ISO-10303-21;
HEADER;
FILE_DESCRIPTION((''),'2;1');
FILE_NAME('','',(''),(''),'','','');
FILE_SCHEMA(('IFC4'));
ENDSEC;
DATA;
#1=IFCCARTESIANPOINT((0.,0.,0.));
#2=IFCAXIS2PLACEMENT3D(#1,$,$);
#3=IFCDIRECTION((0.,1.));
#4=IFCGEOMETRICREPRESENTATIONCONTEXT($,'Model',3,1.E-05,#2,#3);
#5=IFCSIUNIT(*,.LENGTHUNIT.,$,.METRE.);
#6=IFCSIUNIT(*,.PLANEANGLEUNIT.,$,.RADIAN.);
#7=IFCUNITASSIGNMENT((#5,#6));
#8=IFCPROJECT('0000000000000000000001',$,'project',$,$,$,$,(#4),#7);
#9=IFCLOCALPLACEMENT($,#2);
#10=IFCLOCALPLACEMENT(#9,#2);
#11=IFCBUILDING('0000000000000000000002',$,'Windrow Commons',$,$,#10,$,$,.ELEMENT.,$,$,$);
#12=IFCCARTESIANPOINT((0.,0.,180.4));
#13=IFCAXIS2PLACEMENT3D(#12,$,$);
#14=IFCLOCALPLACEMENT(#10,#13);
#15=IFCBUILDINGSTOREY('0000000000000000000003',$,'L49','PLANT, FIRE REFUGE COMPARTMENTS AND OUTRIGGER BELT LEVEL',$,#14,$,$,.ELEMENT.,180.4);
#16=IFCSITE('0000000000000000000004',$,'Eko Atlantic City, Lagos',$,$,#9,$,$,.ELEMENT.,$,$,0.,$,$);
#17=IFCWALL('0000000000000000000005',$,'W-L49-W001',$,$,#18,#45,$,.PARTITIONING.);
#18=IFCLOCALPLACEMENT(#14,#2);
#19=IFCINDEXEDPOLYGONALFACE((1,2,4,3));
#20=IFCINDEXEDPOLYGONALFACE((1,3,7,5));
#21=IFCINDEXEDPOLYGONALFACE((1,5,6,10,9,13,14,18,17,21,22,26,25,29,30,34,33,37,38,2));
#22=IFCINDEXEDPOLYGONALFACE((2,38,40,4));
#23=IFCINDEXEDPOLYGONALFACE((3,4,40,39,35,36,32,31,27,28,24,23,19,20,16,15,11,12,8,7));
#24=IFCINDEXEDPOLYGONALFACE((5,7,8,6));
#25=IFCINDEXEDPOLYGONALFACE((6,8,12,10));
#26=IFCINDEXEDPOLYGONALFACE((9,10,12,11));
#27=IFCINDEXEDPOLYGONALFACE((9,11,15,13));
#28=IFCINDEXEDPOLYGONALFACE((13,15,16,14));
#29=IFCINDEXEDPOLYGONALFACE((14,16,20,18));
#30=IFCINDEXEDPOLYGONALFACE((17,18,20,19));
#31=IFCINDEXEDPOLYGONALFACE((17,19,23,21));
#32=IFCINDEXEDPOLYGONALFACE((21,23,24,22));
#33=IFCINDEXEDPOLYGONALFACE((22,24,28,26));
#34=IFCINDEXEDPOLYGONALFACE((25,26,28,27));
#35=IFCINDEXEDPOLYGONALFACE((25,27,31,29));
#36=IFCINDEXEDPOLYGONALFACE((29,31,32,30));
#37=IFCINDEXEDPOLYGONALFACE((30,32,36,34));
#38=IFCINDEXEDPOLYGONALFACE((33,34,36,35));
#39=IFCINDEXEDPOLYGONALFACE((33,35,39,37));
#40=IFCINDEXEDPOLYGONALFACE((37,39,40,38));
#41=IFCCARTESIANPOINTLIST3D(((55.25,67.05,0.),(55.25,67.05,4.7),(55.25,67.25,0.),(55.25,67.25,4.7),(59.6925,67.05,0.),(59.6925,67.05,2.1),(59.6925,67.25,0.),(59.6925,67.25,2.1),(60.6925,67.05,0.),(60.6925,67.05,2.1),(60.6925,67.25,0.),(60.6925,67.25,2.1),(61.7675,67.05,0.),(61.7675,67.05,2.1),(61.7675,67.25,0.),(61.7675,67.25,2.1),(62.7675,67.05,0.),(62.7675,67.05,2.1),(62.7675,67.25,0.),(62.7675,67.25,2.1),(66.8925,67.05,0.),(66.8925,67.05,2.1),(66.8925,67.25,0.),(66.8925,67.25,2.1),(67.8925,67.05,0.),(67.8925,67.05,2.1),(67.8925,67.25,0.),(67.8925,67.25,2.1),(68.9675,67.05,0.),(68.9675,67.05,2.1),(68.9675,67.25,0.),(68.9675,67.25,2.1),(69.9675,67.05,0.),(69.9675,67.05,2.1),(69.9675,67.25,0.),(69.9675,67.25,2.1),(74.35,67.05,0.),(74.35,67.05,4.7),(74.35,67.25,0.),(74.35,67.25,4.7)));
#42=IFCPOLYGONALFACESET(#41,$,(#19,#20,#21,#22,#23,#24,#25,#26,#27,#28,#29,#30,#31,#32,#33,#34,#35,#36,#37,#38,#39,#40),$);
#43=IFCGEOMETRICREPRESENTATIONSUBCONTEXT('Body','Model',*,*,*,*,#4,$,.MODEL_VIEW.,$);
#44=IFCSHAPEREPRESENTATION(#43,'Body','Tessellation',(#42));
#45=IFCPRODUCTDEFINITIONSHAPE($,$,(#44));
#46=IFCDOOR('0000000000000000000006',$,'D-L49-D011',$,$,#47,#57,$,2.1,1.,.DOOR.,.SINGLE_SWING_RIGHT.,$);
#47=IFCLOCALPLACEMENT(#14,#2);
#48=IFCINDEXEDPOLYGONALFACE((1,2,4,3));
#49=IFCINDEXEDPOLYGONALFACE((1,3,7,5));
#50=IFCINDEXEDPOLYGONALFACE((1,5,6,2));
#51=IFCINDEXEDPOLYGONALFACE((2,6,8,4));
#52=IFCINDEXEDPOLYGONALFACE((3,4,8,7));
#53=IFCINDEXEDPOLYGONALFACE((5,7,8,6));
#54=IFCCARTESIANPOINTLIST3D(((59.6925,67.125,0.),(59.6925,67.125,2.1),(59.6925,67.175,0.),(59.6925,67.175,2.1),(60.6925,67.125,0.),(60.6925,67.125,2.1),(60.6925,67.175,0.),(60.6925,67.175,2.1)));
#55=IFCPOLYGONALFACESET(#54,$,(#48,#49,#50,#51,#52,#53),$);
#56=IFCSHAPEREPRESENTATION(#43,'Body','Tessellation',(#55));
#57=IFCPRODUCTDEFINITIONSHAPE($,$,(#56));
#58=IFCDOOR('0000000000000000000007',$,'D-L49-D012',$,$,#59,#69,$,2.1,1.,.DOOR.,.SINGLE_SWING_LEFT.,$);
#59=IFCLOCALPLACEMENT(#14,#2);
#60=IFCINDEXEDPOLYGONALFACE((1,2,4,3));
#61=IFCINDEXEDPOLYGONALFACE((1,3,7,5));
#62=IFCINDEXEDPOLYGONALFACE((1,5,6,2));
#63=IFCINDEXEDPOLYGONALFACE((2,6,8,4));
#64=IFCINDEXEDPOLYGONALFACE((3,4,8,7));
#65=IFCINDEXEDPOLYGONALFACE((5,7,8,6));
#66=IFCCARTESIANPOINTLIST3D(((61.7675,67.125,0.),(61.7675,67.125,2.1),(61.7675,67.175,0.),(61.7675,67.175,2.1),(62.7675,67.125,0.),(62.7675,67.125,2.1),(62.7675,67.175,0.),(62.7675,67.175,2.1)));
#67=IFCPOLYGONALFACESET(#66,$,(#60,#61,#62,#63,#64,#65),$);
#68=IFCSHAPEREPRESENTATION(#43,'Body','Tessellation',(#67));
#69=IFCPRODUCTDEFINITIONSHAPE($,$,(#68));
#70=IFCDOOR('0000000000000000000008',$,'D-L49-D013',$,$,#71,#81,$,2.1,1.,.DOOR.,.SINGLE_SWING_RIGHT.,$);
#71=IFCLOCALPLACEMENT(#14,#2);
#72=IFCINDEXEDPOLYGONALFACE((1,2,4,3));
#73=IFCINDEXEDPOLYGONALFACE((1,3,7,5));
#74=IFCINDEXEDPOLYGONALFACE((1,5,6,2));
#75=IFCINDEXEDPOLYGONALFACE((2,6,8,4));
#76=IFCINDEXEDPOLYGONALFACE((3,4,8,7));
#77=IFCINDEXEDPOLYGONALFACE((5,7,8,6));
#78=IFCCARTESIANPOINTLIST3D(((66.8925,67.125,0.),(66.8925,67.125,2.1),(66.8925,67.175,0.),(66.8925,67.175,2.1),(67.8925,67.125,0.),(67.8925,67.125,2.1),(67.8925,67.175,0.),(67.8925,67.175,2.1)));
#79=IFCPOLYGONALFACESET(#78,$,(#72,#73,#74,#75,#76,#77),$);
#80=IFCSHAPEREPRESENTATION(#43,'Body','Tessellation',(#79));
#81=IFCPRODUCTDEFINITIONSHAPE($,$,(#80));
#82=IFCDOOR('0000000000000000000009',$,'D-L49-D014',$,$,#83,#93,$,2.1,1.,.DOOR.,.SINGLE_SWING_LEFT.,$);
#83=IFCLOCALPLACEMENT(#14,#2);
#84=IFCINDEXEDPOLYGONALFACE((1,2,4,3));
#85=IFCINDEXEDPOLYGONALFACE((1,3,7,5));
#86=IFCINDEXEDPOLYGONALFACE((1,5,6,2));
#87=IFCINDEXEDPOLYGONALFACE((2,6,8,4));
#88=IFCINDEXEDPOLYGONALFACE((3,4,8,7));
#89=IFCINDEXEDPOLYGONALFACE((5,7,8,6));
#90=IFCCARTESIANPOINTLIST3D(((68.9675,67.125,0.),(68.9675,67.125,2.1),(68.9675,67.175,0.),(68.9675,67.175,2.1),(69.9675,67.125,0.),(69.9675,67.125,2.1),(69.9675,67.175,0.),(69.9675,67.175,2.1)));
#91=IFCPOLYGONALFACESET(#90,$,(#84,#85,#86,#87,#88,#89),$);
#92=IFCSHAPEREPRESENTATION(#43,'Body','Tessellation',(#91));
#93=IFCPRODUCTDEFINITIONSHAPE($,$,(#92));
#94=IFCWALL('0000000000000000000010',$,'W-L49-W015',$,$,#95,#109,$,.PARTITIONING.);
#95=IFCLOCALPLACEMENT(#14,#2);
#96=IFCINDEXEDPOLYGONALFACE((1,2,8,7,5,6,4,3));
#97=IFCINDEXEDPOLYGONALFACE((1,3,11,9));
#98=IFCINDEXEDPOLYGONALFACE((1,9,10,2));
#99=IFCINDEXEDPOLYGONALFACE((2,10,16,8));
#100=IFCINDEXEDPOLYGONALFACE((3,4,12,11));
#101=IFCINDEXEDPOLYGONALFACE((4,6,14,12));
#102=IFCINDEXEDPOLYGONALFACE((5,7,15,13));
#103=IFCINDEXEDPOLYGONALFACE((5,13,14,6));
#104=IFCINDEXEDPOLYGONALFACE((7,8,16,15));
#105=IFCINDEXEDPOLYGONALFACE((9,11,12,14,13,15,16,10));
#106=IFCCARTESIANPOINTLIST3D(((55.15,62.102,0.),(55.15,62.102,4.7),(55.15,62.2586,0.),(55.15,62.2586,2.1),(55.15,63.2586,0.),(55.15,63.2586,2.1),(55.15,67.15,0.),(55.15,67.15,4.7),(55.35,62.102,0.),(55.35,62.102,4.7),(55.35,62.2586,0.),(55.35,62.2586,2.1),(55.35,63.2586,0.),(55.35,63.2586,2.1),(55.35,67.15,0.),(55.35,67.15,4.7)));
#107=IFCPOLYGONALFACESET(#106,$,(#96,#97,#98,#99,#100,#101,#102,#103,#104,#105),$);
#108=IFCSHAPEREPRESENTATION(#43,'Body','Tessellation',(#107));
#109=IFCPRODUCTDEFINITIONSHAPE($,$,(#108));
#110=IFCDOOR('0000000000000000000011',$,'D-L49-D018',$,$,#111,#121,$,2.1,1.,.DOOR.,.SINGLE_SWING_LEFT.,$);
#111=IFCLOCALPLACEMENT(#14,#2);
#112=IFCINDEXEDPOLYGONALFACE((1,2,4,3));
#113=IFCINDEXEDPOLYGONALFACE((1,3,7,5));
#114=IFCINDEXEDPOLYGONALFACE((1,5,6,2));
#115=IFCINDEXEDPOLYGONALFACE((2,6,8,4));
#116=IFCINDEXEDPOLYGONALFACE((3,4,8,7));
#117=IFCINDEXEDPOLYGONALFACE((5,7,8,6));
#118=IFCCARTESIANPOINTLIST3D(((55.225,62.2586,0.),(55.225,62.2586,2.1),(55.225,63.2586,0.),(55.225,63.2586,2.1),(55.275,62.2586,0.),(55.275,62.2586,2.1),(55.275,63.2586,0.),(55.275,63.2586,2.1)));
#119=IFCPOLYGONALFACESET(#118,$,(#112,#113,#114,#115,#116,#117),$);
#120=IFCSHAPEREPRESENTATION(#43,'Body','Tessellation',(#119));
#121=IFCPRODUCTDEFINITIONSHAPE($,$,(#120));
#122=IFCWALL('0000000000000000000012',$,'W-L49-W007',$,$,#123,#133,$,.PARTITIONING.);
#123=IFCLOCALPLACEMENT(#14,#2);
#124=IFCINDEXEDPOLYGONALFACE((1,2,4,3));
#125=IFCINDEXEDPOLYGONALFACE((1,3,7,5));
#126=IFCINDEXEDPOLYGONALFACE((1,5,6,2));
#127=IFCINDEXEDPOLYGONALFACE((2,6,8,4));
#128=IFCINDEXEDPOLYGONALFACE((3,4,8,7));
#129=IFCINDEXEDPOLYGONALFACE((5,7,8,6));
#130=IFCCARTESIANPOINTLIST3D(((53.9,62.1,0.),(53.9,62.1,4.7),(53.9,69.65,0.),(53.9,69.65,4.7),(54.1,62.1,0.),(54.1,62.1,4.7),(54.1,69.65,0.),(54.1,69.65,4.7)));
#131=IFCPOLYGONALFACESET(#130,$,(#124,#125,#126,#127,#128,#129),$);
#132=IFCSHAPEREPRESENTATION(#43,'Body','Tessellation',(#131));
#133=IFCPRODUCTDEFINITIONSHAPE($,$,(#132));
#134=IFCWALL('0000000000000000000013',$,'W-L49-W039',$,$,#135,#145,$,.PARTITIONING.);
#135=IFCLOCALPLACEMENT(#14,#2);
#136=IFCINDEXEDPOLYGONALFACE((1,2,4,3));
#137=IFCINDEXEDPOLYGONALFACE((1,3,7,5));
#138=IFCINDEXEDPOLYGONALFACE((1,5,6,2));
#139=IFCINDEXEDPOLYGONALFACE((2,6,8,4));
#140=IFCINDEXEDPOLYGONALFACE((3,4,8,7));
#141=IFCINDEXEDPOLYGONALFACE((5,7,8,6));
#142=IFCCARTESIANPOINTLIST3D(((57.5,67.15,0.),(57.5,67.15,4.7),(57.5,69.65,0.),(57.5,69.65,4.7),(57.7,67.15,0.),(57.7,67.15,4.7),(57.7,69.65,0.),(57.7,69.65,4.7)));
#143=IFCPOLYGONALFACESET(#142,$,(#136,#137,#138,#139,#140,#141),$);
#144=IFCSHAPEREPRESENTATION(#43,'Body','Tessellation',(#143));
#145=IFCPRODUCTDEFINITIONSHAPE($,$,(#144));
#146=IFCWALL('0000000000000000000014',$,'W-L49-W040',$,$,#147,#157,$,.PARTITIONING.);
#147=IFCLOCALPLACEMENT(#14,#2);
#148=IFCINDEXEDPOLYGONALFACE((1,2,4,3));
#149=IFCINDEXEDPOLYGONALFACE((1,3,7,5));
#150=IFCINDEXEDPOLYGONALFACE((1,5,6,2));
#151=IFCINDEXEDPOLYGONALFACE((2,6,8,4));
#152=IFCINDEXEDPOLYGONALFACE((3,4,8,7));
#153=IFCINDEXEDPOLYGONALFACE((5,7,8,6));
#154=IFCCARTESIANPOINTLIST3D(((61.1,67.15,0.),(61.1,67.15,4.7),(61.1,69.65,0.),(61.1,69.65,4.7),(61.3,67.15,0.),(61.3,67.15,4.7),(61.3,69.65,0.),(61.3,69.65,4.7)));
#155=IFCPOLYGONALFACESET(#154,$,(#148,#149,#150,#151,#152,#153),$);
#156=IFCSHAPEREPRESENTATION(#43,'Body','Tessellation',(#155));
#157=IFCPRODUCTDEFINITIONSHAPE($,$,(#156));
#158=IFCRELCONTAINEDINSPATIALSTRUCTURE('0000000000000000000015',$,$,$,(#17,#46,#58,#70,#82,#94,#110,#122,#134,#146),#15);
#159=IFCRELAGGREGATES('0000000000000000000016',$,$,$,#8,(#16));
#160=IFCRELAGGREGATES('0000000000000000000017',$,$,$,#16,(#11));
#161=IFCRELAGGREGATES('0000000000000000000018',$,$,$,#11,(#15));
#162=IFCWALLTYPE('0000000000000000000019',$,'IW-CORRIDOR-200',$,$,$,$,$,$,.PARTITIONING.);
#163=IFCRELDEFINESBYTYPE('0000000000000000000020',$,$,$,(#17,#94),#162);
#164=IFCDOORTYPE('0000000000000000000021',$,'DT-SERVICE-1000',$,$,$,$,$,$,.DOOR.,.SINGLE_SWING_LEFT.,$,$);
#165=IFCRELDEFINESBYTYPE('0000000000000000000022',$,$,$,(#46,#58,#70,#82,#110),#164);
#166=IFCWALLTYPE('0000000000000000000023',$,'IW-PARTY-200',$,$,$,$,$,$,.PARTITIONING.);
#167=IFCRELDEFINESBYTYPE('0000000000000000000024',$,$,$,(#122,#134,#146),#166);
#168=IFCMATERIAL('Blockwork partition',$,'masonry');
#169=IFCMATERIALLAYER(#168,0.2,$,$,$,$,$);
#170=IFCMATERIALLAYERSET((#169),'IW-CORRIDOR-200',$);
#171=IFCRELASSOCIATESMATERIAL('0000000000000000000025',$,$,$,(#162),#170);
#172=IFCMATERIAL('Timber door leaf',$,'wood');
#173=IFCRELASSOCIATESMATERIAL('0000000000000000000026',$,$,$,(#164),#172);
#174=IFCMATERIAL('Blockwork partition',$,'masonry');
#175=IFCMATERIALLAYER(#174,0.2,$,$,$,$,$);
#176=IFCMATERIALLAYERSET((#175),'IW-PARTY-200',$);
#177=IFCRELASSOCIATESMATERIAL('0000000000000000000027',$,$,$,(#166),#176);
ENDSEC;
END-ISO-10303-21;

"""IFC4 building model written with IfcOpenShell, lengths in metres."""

from ifc_helpers import new_model, si_unit, direction, frame, frame_2d, origin, place, context, subcontext, project, spatial, rectangle, extrude, material, layer, layer_set, type_object, element, fill, save


model = new_model("IFC4")

# Units and contexts
model_context = context("Model", 3, precision=1e-05, world=origin(), true_north=direction((0.0, 1.0)))
body_context = subcontext(model_context, "Body", "Model", "MODEL_VIEW")
ifc_project = project(units=[si_unit("LENGTHUNIT", "METRE"), si_unit("PLANEANGLEUNIT", "RADIAN")], contexts=[model_context])

# Site, building, storey
site_placement = place(None, origin())
site = spatial("IfcSite", under=ifc_project, at=site_placement, Name="Eko Atlantic City, Lagos", CompositionType="ELEMENT", RefElevation=0.0)
building_placement = place(site_placement, origin())
building = spatial("IfcBuilding", under=site, at=building_placement, Name="Windrow Commons", CompositionType="ELEMENT")
storey_placement = place(building_placement, frame((0.0, 0.0, 180.4)))
storey = spatial("IfcBuildingStorey", under=building, at=storey_placement, Name="L49", Description="PLANT, FIRE REFUGE COMPARTMENTS AND OUTRIGGER BELT LEVEL", CompositionType="ELEMENT", Elevation=180.4)

# Wall, openings, doors
ifc_material_1 = material(Name="Blockwork partition", Category="masonry")
ifc_layer_1 = layer(ifc_material_1, 0.2)
ifc_layer_set_1 = layer_set([ifc_layer_1], Name="IW-CORRIDOR-200")
wall_type_1 = type_object("IfcWallType", Name="IW-CORRIDOR-200", PredefinedType="PARTITIONING", material=ifc_layer_set_1)
wall_1_placement = place(storey_placement, frame((55.25, 67.15, 0.0), z_axis=(0.0, 0.0, 1.0), x_axis=(1.0, 0.0, 0.0)))
wall_1 = element("IfcWall", 1, at=wall_1_placement, inside=storey, type_object=wall_type_1, Name="W-L49-W001", PredefinedType="PARTITIONING", context=body_context, shape_type="SweptSolid", body=[
    extrude(rectangle(XDim=19.1, YDim=0.2, at=frame_2d((9.55, 0.0))), origin(), (0.0, 0.0, 1.0), 4.7),
])
opening_1_placement = place(wall_1_placement, frame((4.4425, 0.0, 0.0)))
opening_1 = element("IfcOpeningElement", 2, at=opening_1_placement, cuts=wall_1, PredefinedType="OPENING", context=body_context, shape_type="SweptSolid", body=[
    extrude(rectangle(XDim=1.0, YDim=2.1, at=frame_2d((0.5, 1.05))), frame((0.0, 0.11, 0.0), z_axis=(0.0, -1.0, 0.0), x_axis=(1.0, 0.0, 0.0)), (0.0, 0.0, 1.0), 0.22),
])
opening_2_placement = place(wall_1_placement, frame((6.5175, 0.0, 0.0)))
opening_2 = element("IfcOpeningElement", 3, at=opening_2_placement, cuts=wall_1, PredefinedType="OPENING", context=body_context, shape_type="SweptSolid", body=[
    extrude(rectangle(XDim=1.0, YDim=2.1, at=frame_2d((0.5, 1.05))), frame((0.0, 0.11, 0.0), z_axis=(0.0, -1.0, 0.0), x_axis=(1.0, 0.0, 0.0)), (0.0, 0.0, 1.0), 0.22),
])
opening_3_placement = place(wall_1_placement, frame((11.6425, 0.0, 0.0)))
opening_3 = element("IfcOpeningElement", 4, at=opening_3_placement, cuts=wall_1, PredefinedType="OPENING", context=body_context, shape_type="SweptSolid", body=[
    extrude(rectangle(XDim=1.0, YDim=2.1, at=frame_2d((0.5, 1.05))), frame((0.0, 0.11, 0.0), z_axis=(0.0, -1.0, 0.0), x_axis=(1.0, 0.0, 0.0)), (0.0, 0.0, 1.0), 0.22),
])
opening_4_placement = place(wall_1_placement, frame((13.7175, 0.0, 0.0)))
opening_4 = element("IfcOpeningElement", 5, at=opening_4_placement, cuts=wall_1, PredefinedType="OPENING", context=body_context, shape_type="SweptSolid", body=[
    extrude(rectangle(XDim=1.0, YDim=2.1, at=frame_2d((0.5, 1.05))), frame((0.0, 0.11, 0.0), z_axis=(0.0, -1.0, 0.0), x_axis=(1.0, 0.0, 0.0)), (0.0, 0.0, 1.0), 0.22),
])
ifc_material_2 = material(Name="Timber door leaf", Category="wood")
door_type_1 = type_object("IfcDoorType", Name="DT-SERVICE-1000", OperationType="SINGLE_SWING_LEFT", PredefinedType="DOOR", material=ifc_material_2)
door_1_placement = place(opening_1_placement, origin())
door_1 = element("IfcDoor", 6, at=door_1_placement, inside=storey, type_object=door_type_1, Name="D-L49-D011", OperationType="SINGLE_SWING_RIGHT", OverallHeight=2.1, OverallWidth=1.0, PredefinedType="DOOR", context=body_context, shape_type="SweptSolid", body=[
    extrude(rectangle(XDim=1.0, YDim=2.1, at=frame_2d((0.5, 1.05))), frame((0.0, 0.025, 0.0), z_axis=(0.0, -1.0, 0.0), x_axis=(1.0, 0.0, 0.0)), (0.0, 0.0, 1.0), 0.05),
])
fill(opening_1, door_1)
door_2_placement = place(opening_2_placement, origin())
door_2 = element("IfcDoor", 7, at=door_2_placement, inside=storey, type_object=door_type_1, Name="D-L49-D012", OperationType="SINGLE_SWING_LEFT", OverallHeight=2.1, OverallWidth=1.0, PredefinedType="DOOR", context=body_context, shape_type="SweptSolid", body=[
    extrude(rectangle(XDim=1.0, YDim=2.1, at=frame_2d((0.5, 1.05))), frame((0.0, 0.025, 0.0), z_axis=(0.0, -1.0, 0.0), x_axis=(1.0, 0.0, 0.0)), (0.0, 0.0, 1.0), 0.05),
])
fill(opening_2, door_2)
door_3_placement = place(opening_3_placement, origin())
door_3 = element("IfcDoor", 8, at=door_3_placement, inside=storey, type_object=door_type_1, Name="D-L49-D013", OperationType="SINGLE_SWING_RIGHT", OverallHeight=2.1, OverallWidth=1.0, PredefinedType="DOOR", context=body_context, shape_type="SweptSolid", body=[
    extrude(rectangle(XDim=1.0, YDim=2.1, at=frame_2d((0.5, 1.05))), frame((0.0, 0.025, 0.0), z_axis=(0.0, -1.0, 0.0), x_axis=(1.0, 0.0, 0.0)), (0.0, 0.0, 1.0), 0.05),
])
fill(opening_3, door_3)
door_4_placement = place(opening_4_placement, origin())
door_4 = element("IfcDoor", 9, at=door_4_placement, inside=storey, type_object=door_type_1, Name="D-L49-D014", OperationType="SINGLE_SWING_LEFT", OverallHeight=2.1, OverallWidth=1.0, PredefinedType="DOOR", context=body_context, shape_type="SweptSolid", body=[
    extrude(rectangle(XDim=1.0, YDim=2.1, at=frame_2d((0.5, 1.05))), frame((0.0, 0.025, 0.0), z_axis=(0.0, -1.0, 0.0), x_axis=(1.0, 0.0, 0.0)), (0.0, 0.0, 1.0), 0.05),
])
fill(opening_4, door_4)

# Wall, opening, door
wall_2_placement = place(storey_placement, frame((55.25, 62.102, 0.0), z_axis=(0.0, 0.0, 1.0), x_axis=(0.0, 1.0, 0.0)))
wall_2 = element("IfcWall", 10, at=wall_2_placement, inside=storey, type_object=wall_type_1, Name="W-L49-W015", PredefinedType="PARTITIONING", context=body_context, shape_type="SweptSolid", body=[
    extrude(rectangle(XDim=5.048, YDim=0.2, at=frame_2d((2.524, 0.0))), origin(), (0.0, 0.0, 1.0), 4.7),
])
opening_5_placement = place(wall_2_placement, frame((0.1566, 0.0, 0.0)))
opening_5 = element("IfcOpeningElement", 11, at=opening_5_placement, cuts=wall_2, PredefinedType="OPENING", context=body_context, shape_type="SweptSolid", body=[
    extrude(rectangle(XDim=1.0, YDim=2.1, at=frame_2d((0.5, 1.05))), frame((0.0, 0.11, 0.0), z_axis=(0.0, -1.0, 0.0), x_axis=(1.0, 0.0, 0.0)), (0.0, 0.0, 1.0), 0.22),
])
door_5_placement = place(opening_5_placement, origin())
door_5 = element("IfcDoor", 12, at=door_5_placement, inside=storey, type_object=door_type_1, Name="D-L49-D018", OperationType="SINGLE_SWING_LEFT", OverallHeight=2.1, OverallWidth=1.0, PredefinedType="DOOR", context=body_context, shape_type="SweptSolid", body=[
    extrude(rectangle(XDim=1.0, YDim=2.1, at=frame_2d((0.5, 1.05))), frame((0.0, 0.025, 0.0), z_axis=(0.0, -1.0, 0.0), x_axis=(1.0, 0.0, 0.0)), (0.0, 0.0, 1.0), 0.05),
])
fill(opening_5, door_5)

# Walls
ifc_material_3 = material(Name="Blockwork partition", Category="masonry")
ifc_layer_2 = layer(ifc_material_3, 0.2)
ifc_layer_set_2 = layer_set([ifc_layer_2], Name="IW-PARTY-200")
wall_type_2 = type_object("IfcWallType", Name="IW-PARTY-200", PredefinedType="PARTITIONING", material=ifc_layer_set_2)
wall_3_placement = place(storey_placement, frame((54.0, 62.1, 0.0), z_axis=(0.0, 0.0, 1.0), x_axis=(0.0, 1.0, 0.0)))
element("IfcWall", 13, at=wall_3_placement, inside=storey, type_object=wall_type_2, Name="W-L49-W007", PredefinedType="PARTITIONING", context=body_context, shape_type="SweptSolid", body=[
    extrude(rectangle(XDim=7.55, YDim=0.2, at=frame_2d((3.775, 0.0))), origin(), (0.0, 0.0, 1.0), 4.7),
])
for number, where, z_axis, x_axis, name in (
    (14, (57.6, 67.15, 0.0), (0.0, 0.0, 1.0), (0.0, 1.0, 0.0), "W-L49-W039"),
    (15, (61.2, 67.15, 0.0), (0.0, 0.0, 1.0), (0.0, 1.0, 0.0), "W-L49-W040"),
):
    element("IfcWall", number, at=place(storey_placement, frame(where, z_axis=z_axis, x_axis=x_axis)), inside=storey, type_object=wall_type_2, Name=name, PredefinedType="PARTITIONING", context=body_context, shape_type="SweptSolid", body=[
        extrude(rectangle(XDim=2.5, YDim=0.2, at=frame_2d((1.25, 0.0))), origin(), (0.0, 0.0, 1.0), 4.7),
    ])

save(model, "model.ifc")
